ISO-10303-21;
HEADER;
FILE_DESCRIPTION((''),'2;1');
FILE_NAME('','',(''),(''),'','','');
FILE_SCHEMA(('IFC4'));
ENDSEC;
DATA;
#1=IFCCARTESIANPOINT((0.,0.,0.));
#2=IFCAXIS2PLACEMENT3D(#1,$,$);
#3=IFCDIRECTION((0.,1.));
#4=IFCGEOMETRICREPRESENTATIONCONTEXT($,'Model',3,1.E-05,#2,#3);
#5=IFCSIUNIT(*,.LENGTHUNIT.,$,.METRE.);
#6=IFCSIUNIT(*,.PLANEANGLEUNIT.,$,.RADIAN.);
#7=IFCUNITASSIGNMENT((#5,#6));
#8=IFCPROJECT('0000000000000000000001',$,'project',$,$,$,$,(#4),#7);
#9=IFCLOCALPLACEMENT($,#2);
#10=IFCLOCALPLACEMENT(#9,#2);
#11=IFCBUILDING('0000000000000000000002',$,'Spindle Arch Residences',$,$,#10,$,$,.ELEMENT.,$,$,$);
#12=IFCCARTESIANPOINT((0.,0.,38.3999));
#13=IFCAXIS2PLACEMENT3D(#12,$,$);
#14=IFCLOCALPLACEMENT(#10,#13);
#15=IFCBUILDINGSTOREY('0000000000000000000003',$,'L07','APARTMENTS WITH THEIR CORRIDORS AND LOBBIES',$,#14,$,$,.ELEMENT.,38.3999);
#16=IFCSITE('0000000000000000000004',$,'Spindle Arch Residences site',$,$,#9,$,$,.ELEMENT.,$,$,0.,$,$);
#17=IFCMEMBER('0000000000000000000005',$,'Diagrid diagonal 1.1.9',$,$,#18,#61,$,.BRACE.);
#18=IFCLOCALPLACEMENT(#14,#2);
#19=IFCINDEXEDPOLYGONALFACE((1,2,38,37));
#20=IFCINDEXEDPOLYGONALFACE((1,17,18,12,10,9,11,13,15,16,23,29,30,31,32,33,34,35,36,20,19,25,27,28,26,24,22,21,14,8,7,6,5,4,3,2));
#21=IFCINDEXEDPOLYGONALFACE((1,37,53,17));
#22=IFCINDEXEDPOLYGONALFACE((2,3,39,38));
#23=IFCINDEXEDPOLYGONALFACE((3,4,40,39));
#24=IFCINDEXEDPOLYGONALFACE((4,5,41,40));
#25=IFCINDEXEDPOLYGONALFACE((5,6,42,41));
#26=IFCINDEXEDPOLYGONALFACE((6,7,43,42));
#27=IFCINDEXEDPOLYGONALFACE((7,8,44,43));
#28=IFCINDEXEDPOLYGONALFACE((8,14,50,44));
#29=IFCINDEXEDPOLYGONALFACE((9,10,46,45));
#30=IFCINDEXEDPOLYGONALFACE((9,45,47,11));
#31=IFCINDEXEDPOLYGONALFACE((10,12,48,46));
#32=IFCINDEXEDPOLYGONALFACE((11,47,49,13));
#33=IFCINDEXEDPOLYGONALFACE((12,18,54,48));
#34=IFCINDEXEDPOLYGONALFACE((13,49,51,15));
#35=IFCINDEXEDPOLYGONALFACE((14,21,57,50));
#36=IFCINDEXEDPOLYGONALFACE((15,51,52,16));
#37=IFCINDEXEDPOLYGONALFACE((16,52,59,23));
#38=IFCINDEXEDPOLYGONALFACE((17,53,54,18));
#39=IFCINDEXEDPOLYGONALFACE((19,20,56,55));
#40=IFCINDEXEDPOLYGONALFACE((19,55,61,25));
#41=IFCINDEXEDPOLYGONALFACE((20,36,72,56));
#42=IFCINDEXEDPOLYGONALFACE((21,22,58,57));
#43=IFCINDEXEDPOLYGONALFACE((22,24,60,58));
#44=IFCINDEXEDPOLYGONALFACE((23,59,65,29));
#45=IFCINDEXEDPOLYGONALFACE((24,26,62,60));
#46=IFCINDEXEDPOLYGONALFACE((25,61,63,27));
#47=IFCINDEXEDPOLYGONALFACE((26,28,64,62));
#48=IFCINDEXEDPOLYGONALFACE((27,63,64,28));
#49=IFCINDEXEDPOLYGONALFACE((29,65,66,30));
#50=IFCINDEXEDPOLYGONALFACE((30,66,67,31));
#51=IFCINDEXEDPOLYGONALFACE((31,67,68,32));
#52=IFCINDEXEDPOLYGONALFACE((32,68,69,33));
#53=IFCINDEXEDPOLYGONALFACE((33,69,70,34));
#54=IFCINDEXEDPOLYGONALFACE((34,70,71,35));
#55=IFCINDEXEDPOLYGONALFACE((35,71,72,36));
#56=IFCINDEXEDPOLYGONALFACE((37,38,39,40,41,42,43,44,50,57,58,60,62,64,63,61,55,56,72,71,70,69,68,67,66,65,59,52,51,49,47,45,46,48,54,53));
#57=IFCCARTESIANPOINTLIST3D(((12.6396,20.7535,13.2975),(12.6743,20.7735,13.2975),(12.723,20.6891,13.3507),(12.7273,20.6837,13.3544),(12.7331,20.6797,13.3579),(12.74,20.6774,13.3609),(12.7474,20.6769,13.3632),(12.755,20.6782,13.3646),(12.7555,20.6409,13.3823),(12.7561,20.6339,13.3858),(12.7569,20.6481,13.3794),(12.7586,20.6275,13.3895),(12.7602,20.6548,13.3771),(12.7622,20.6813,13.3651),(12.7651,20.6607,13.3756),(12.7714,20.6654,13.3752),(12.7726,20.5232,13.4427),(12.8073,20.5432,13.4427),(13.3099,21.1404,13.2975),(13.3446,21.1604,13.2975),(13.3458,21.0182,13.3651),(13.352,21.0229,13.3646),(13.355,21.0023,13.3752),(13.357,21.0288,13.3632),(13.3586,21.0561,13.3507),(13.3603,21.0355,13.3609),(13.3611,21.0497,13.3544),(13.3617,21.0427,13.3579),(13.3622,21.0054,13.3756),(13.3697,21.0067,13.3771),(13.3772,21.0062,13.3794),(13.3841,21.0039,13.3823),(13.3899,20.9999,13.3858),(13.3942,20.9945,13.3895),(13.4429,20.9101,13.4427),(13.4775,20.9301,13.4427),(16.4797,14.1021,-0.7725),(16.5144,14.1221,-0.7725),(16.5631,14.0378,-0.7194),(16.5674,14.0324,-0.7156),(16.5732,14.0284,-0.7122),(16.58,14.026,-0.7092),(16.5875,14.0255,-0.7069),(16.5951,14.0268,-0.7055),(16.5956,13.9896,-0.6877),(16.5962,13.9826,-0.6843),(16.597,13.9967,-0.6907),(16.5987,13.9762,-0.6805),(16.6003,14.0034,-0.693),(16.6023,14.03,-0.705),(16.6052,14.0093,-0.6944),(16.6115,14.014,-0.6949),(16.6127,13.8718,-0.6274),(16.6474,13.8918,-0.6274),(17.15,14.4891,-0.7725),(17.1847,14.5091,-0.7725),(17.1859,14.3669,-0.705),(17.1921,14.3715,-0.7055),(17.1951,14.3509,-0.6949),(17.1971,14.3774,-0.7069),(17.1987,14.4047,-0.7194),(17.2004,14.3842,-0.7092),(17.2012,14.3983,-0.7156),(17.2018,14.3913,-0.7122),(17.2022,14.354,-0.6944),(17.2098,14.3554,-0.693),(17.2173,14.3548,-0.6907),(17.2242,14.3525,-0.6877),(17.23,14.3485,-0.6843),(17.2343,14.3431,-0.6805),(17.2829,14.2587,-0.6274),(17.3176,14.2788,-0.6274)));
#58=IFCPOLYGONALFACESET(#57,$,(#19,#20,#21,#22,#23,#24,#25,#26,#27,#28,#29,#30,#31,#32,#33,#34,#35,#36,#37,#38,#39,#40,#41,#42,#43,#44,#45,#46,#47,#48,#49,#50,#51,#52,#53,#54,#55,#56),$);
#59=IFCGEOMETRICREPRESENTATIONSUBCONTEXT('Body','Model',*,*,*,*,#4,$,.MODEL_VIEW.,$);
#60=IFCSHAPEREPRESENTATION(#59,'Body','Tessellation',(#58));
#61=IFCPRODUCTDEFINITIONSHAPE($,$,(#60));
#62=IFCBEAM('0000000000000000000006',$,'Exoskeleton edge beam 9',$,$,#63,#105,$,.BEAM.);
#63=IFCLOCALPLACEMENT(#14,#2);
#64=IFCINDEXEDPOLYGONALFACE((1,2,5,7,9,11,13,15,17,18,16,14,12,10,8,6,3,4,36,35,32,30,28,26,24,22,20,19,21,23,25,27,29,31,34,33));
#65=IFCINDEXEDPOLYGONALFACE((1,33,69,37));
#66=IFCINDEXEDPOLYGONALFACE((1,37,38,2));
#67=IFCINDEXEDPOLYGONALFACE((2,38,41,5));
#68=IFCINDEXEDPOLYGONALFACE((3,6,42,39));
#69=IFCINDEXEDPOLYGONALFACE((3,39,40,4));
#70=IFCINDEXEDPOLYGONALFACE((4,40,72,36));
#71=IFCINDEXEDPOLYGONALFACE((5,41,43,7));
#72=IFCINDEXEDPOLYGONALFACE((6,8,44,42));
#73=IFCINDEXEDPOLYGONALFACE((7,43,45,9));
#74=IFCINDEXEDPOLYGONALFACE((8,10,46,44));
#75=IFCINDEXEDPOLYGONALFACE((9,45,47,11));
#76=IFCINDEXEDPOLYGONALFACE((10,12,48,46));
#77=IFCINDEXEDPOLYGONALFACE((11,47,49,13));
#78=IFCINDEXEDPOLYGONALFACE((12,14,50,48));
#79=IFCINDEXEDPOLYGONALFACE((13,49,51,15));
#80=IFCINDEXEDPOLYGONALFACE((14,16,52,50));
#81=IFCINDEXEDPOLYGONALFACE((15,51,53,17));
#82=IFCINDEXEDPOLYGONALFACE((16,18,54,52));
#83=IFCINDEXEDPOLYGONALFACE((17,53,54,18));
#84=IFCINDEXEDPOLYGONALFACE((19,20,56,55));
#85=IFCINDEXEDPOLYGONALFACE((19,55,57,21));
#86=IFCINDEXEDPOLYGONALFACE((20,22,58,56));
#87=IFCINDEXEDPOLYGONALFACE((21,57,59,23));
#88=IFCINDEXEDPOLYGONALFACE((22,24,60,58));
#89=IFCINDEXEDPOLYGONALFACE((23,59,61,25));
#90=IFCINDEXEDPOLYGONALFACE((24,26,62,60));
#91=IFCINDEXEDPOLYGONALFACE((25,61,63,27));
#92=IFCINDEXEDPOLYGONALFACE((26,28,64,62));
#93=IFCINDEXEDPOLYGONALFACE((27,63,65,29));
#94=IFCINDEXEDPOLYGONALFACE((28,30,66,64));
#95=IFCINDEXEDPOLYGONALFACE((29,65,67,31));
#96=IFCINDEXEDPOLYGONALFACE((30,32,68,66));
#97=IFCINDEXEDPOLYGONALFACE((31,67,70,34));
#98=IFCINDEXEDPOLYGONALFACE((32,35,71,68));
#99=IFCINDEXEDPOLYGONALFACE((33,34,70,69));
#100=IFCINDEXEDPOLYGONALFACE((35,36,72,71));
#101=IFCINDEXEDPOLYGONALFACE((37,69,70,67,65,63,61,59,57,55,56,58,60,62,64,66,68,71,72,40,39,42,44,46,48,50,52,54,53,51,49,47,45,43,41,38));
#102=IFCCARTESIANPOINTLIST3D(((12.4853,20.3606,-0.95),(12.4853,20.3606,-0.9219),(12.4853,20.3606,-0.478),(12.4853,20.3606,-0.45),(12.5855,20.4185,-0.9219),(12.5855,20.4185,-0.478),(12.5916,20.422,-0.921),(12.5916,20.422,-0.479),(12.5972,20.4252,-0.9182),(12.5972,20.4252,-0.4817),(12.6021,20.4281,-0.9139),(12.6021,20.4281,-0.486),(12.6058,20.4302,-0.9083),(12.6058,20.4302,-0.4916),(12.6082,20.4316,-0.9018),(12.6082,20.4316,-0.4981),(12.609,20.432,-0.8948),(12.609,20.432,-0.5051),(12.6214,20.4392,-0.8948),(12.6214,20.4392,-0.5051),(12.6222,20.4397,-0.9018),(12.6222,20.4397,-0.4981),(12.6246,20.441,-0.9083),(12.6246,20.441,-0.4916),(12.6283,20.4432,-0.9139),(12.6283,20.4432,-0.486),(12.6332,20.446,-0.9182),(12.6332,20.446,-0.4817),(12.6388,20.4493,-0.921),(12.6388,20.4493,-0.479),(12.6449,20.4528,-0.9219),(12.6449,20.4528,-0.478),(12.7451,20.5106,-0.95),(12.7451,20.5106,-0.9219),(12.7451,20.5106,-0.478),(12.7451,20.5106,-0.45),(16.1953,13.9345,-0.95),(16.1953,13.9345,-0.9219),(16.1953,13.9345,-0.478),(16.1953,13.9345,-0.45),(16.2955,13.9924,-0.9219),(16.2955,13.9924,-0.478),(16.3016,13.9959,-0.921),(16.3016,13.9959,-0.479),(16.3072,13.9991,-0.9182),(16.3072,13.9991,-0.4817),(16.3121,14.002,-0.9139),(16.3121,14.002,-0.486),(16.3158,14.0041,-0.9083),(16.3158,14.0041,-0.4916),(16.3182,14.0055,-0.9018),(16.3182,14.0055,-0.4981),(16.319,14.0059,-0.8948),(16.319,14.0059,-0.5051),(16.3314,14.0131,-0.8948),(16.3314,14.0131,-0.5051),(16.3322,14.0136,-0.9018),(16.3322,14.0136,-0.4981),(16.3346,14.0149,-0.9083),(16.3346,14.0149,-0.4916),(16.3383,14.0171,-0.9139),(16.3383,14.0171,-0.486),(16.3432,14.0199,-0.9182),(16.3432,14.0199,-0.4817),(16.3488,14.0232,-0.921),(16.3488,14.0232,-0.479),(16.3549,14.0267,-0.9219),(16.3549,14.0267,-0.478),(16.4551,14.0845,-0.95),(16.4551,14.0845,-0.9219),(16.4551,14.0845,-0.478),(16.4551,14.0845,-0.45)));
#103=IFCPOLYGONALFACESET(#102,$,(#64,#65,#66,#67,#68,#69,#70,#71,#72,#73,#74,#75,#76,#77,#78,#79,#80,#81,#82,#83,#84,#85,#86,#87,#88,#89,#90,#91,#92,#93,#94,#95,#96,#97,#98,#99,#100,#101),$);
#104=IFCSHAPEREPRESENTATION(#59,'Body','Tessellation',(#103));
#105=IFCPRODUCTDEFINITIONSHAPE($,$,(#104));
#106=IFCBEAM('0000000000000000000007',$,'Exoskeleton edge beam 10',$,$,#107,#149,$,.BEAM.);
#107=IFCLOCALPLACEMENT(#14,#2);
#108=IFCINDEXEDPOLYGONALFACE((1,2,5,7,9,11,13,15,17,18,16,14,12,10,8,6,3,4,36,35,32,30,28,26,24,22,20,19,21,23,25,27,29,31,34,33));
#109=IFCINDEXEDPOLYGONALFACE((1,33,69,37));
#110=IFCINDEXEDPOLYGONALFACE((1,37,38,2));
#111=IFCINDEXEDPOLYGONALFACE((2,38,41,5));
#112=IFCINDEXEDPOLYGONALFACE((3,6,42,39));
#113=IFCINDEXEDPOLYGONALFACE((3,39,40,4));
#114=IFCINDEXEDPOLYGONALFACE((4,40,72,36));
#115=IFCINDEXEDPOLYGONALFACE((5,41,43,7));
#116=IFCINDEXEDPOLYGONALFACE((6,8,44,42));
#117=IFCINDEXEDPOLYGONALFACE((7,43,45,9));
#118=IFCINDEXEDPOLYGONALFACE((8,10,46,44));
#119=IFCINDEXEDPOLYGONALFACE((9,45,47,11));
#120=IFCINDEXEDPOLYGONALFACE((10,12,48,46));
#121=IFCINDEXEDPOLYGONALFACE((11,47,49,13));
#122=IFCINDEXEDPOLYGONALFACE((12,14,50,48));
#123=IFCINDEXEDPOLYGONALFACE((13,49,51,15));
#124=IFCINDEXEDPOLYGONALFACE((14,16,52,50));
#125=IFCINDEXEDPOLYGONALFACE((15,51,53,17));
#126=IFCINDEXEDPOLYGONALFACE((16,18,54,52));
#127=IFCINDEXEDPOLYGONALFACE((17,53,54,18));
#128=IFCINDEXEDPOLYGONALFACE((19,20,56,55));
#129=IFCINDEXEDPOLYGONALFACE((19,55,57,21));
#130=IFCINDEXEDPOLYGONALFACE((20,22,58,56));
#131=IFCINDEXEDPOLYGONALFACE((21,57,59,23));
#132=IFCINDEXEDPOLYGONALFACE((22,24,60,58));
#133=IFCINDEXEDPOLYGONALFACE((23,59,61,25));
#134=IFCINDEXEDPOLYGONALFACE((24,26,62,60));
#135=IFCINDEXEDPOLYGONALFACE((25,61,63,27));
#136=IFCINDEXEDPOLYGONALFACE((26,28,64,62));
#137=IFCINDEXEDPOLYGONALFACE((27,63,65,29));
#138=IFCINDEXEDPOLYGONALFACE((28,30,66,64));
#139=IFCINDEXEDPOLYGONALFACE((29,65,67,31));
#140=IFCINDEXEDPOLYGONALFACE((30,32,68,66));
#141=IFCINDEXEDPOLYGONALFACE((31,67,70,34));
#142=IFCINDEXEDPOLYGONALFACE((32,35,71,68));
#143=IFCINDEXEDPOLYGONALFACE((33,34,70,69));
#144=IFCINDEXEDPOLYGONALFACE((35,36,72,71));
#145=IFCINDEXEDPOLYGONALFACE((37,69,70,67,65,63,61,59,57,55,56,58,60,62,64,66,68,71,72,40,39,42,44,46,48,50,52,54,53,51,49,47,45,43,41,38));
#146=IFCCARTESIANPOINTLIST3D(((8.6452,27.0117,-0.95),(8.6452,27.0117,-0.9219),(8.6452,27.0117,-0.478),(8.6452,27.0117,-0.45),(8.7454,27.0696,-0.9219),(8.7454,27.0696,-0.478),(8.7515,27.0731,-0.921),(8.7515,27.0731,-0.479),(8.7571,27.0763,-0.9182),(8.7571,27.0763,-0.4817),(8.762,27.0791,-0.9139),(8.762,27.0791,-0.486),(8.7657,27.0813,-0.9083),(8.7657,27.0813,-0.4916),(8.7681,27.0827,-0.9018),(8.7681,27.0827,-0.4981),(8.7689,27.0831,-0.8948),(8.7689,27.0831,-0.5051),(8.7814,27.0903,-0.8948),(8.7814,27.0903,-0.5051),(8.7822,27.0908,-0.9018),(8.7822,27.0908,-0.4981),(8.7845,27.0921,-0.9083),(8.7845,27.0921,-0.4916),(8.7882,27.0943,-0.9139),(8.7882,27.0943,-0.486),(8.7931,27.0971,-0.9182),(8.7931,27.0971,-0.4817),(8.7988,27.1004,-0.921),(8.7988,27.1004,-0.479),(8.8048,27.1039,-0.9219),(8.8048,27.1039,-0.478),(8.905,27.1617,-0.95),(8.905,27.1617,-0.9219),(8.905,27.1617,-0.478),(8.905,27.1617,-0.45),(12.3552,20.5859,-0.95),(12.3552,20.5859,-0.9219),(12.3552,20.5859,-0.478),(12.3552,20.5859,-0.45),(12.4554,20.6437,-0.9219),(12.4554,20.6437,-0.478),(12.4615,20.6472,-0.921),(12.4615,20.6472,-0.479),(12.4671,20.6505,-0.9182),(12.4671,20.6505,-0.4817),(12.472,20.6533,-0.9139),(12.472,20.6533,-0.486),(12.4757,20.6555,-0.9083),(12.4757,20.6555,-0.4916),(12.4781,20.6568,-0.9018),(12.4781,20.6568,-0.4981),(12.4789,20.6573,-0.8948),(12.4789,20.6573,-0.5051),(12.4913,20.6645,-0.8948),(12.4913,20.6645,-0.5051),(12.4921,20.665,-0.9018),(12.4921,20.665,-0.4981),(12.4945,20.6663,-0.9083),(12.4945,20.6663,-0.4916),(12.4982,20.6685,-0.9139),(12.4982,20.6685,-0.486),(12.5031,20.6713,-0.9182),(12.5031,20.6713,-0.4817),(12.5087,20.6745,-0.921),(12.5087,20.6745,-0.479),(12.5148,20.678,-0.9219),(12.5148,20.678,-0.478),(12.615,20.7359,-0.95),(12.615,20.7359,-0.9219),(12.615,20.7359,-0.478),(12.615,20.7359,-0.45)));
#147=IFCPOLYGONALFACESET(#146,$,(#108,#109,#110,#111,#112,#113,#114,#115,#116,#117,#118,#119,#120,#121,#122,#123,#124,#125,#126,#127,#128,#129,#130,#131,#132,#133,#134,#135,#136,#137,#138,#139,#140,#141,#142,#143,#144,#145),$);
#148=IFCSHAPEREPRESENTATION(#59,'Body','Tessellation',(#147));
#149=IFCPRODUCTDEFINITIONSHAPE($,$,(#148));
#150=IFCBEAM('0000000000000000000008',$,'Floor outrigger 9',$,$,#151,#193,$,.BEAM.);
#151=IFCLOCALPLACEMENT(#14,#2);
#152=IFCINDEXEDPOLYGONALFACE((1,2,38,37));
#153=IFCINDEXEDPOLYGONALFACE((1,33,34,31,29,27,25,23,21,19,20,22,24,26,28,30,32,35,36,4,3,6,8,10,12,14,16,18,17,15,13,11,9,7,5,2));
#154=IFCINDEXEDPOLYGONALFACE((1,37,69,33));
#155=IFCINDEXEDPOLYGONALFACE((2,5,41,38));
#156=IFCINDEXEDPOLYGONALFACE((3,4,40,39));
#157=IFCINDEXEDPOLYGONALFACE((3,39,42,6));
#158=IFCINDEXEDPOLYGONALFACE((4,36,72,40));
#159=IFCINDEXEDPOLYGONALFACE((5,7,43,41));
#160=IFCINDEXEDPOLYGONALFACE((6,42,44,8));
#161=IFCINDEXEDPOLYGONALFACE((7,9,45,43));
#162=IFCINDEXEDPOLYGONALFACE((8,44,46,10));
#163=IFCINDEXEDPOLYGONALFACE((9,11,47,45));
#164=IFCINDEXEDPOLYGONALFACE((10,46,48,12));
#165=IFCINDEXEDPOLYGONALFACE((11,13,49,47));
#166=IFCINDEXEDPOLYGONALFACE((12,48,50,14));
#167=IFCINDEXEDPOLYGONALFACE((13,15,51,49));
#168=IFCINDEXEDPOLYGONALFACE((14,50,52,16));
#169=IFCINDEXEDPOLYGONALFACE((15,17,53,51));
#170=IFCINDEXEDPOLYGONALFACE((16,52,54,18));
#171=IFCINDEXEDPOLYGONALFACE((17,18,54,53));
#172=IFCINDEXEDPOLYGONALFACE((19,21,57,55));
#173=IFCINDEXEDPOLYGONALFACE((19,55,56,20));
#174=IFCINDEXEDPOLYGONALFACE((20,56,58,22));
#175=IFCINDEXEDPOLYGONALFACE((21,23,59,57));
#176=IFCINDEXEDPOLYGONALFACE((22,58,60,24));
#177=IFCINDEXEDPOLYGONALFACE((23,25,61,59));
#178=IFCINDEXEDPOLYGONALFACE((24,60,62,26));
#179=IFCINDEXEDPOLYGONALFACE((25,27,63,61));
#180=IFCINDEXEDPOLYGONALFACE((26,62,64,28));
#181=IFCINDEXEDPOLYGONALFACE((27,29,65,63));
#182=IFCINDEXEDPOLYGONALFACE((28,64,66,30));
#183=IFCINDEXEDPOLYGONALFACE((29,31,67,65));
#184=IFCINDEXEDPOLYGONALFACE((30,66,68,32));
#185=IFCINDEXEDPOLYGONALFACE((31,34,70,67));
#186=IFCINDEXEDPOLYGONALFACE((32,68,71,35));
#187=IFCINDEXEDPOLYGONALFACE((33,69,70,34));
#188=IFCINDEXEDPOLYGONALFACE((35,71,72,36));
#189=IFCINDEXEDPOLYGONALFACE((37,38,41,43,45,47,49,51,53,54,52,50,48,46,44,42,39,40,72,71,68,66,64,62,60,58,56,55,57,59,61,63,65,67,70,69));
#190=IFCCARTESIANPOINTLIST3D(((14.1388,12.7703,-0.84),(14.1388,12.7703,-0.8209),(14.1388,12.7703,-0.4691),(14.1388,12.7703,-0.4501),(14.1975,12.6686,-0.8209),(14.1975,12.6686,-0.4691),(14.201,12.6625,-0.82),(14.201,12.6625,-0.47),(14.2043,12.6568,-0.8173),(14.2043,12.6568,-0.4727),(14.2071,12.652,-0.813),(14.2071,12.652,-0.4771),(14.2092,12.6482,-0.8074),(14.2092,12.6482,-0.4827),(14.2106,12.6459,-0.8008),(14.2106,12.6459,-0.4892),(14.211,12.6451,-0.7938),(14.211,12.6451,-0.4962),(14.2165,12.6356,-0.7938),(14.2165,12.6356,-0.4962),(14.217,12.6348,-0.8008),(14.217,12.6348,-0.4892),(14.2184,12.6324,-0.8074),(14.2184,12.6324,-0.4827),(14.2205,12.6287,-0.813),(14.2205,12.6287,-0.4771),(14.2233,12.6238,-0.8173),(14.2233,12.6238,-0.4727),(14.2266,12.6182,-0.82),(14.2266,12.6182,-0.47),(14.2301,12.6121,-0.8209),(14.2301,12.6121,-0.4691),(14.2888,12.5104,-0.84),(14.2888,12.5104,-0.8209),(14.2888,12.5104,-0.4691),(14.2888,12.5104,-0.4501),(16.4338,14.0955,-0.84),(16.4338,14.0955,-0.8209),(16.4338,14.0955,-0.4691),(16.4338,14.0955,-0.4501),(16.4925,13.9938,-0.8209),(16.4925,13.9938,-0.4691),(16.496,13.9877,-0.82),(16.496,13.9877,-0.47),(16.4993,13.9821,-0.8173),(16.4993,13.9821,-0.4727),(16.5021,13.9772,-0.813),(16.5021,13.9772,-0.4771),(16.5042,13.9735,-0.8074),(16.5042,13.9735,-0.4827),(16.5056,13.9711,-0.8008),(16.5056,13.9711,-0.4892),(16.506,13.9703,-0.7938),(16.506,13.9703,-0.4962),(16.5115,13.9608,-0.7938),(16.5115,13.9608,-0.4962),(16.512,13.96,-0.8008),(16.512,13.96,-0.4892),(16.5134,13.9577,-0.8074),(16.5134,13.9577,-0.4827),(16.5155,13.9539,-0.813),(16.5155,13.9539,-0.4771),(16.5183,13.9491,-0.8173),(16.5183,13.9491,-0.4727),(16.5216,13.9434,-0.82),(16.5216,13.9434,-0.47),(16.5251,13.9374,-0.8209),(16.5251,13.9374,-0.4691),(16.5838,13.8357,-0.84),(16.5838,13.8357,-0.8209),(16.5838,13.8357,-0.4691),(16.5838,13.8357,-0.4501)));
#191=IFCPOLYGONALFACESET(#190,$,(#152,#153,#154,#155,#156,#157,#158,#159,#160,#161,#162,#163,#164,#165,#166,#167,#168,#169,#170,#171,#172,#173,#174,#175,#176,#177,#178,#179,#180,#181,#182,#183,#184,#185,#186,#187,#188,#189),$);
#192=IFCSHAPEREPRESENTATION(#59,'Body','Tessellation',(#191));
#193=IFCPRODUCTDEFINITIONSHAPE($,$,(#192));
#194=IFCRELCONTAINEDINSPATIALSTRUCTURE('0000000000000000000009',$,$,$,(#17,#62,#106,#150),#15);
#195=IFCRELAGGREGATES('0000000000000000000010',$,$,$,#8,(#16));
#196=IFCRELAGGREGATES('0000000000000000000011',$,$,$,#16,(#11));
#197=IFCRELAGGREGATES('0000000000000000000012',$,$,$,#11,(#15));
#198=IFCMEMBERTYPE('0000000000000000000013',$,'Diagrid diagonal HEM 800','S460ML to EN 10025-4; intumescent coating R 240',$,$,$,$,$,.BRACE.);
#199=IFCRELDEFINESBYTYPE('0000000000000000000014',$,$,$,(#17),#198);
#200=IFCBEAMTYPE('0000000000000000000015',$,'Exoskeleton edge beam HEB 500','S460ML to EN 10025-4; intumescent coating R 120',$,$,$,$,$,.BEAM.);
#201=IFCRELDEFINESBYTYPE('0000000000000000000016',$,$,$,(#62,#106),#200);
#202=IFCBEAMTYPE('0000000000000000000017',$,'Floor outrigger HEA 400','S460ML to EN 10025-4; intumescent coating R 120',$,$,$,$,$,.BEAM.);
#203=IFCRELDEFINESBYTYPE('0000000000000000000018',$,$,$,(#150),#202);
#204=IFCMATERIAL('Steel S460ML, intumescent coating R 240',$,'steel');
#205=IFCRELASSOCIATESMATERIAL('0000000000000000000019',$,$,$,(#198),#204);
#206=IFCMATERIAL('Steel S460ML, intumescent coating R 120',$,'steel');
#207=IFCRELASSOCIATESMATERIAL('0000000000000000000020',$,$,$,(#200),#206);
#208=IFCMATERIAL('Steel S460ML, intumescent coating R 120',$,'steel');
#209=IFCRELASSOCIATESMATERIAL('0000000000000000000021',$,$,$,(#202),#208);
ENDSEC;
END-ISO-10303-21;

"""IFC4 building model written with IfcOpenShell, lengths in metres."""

from ifc_helpers import new_model, si_unit, direction, frame, origin, origin_2d, place, context, subcontext, project, spatial, i_section, extrude, material, material_profile, profile_set, type_object, element, save


model = new_model("IFC4")

# Units and contexts
model_context = context("Model", 3, precision=1e-05, world=origin(), true_north=direction((0.0, 1.0)))
body_context = subcontext(model_context, "Body", "Model", "MODEL_VIEW")
ifc_project = project(units=[si_unit("LENGTHUNIT", "METRE"), si_unit("PLANEANGLEUNIT", "RADIAN")], contexts=[model_context])

# Site, building, storey
site_placement = place(None, origin())
site = spatial("IfcSite", under=ifc_project, at=site_placement, Name="Spindle Arch Residences site", CompositionType="ELEMENT", RefElevation=0.0)
building_placement = place(site_placement, origin())
building = spatial("IfcBuilding", under=site, at=building_placement, Name="Spindle Arch Residences", CompositionType="ELEMENT")
storey_placement = place(building_placement, frame((0.0, 0.0, 38.3999)))
storey = spatial("IfcBuildingStorey", under=building, at=storey_placement, Name="L07", Description="APARTMENTS WITH THEIR CORRIDORS AND LOBBIES", CompositionType="ELEMENT", Elevation=38.3999)

# Member
ifc_material_1 = material(Name="Steel S460ML, intumescent coating R 240", Category="steel")
ifc_material_profile_1 = material_profile(ifc_material_1, i_section(OverallWidth=0.303, OverallDepth=0.814, WebThickness=0.021, FlangeThickness=0.04, FilletRadius=0.03, at=origin_2d()), Name="HEM 800")
ifc_profile_set_1 = profile_set([ifc_material_profile_1], Name="Steel S460ML, intumescent coating R 240")
member_type_1 = type_object("IfcMemberType", Name="Diagrid diagonal HEM 800", Description="S460ML to EN 10025-4; intumescent coating R 240", PredefinedType="BRACE", material=ifc_profile_set_1)
for number, where, z_axis, x_axis, name in (
    (1, (16.8987, 14.1904, -0.7), (-0.23956, 0.414938, 0.877746), (0.438866, -0.760154, 0.479127), "Diagrid diagonal 1.1.9"),
):
    element("IfcMember", number, at=place(storey_placement, frame(where, z_axis=z_axis, x_axis=x_axis)), inside=storey, type_object=member_type_1, Name=name, PredefinedType="BRACE", context=body_context, shape_type="SweptSolid", body=[
        extrude(i_section(OverallWidth=0.303, OverallDepth=0.814, WebThickness=0.021, FlangeThickness=0.04, FilletRadius=0.03, at=origin_2d()), origin(), (0.0, 0.0, 1.0), 16.0298),
    ])

# Beams
ifc_material_2 = material(Name="Steel S460ML, intumescent coating R 120", Category="steel")
ifc_material_profile_2 = material_profile(ifc_material_2, i_section(OverallWidth=0.3, OverallDepth=0.5, WebThickness=0.0144, FlangeThickness=0.0281, FilletRadius=0.0271, at=origin_2d()), Name="HEB 500")
ifc_profile_set_2 = profile_set([ifc_material_profile_2], Name="Steel S460ML, intumescent coating R 120")
beam_type_1 = type_object("IfcBeamType", Name="Exoskeleton edge beam HEB 500", Description="S460ML to EN 10025-4; intumescent coating R 120", PredefinedType="BEAM", material=ifc_profile_set_2)
beam_1_placement = place(storey_placement, frame((16.3252, 14.0095, -0.7), z_axis=(-0.499989, 0.866032, 0.0), x_axis=(-0.866032, -0.499989, 0.0)))
element("IfcBeam", 2, at=beam_1_placement, inside=storey, type_object=beam_type_1, Name="Exoskeleton edge beam 9", PredefinedType="BEAM", context=body_context, shape_type="SweptSolid", body=[
    extrude(i_section(OverallWidth=0.3, OverallDepth=0.5, WebThickness=0.0144, FlangeThickness=0.0281, FilletRadius=0.0271, at=origin_2d()), origin(), (0.0, 0.0, 1.0), 7.4202),
])
beam_2_placement = place(storey_placement, frame((12.4851, 20.6609, -0.7), z_axis=(-0.500003, 0.866023, 0.0), x_axis=(-0.866023, -0.500003, 0.0)))
element("IfcBeam", 3, at=beam_2_placement, inside=storey, type_object=beam_type_1, Name="Exoskeleton edge beam 10", PredefinedType="BEAM", context=body_context, shape_type="SweptSolid", body=[
    extrude(i_section(OverallWidth=0.3, OverallDepth=0.5, WebThickness=0.0144, FlangeThickness=0.0281, FilletRadius=0.0271, at=origin_2d()), origin(), (0.0, 0.0, 1.0), 7.4199),
])
ifc_material_3 = material(Name="Steel S460ML, intumescent coating R 120", Category="steel")
ifc_material_profile_3 = material_profile(ifc_material_3, i_section(OverallWidth=0.3, OverallDepth=0.3899, WebThickness=0.011, FlangeThickness=0.019, FilletRadius=0.0271, at=origin_2d()), Name="HEA 400")
ifc_profile_set_3 = profile_set([ifc_material_profile_3], Name="Steel S460ML, intumescent coating R 120")
beam_type_2 = type_object("IfcBeamType", Name="Floor outrigger HEA 400", Description="S460ML to EN 10025-4; intumescent coating R 120", PredefinedType="BEAM", material=ifc_profile_set_3)
for number, where, z_axis, x_axis, name in (
    (4, (16.5088, 13.9656, -0.645), (-0.865989, -0.500063, 0.0), (0.500063, -0.865989, 0.0), "Floor outrigger 9"),
):
    element("IfcBeam", number, at=place(storey_placement, frame(where, z_axis=z_axis, x_axis=x_axis)), inside=storey, type_object=beam_type_2, Name=name, PredefinedType="BEAM", context=body_context, shape_type="SweptSolid", body=[
        extrude(i_section(OverallWidth=0.3, OverallDepth=0.3899, WebThickness=0.011, FlangeThickness=0.019, FilletRadius=0.0271, at=origin_2d()), origin(), (0.0, 0.0, 1.0), 2.6501),
    ])

save(model, "model.ifc")
